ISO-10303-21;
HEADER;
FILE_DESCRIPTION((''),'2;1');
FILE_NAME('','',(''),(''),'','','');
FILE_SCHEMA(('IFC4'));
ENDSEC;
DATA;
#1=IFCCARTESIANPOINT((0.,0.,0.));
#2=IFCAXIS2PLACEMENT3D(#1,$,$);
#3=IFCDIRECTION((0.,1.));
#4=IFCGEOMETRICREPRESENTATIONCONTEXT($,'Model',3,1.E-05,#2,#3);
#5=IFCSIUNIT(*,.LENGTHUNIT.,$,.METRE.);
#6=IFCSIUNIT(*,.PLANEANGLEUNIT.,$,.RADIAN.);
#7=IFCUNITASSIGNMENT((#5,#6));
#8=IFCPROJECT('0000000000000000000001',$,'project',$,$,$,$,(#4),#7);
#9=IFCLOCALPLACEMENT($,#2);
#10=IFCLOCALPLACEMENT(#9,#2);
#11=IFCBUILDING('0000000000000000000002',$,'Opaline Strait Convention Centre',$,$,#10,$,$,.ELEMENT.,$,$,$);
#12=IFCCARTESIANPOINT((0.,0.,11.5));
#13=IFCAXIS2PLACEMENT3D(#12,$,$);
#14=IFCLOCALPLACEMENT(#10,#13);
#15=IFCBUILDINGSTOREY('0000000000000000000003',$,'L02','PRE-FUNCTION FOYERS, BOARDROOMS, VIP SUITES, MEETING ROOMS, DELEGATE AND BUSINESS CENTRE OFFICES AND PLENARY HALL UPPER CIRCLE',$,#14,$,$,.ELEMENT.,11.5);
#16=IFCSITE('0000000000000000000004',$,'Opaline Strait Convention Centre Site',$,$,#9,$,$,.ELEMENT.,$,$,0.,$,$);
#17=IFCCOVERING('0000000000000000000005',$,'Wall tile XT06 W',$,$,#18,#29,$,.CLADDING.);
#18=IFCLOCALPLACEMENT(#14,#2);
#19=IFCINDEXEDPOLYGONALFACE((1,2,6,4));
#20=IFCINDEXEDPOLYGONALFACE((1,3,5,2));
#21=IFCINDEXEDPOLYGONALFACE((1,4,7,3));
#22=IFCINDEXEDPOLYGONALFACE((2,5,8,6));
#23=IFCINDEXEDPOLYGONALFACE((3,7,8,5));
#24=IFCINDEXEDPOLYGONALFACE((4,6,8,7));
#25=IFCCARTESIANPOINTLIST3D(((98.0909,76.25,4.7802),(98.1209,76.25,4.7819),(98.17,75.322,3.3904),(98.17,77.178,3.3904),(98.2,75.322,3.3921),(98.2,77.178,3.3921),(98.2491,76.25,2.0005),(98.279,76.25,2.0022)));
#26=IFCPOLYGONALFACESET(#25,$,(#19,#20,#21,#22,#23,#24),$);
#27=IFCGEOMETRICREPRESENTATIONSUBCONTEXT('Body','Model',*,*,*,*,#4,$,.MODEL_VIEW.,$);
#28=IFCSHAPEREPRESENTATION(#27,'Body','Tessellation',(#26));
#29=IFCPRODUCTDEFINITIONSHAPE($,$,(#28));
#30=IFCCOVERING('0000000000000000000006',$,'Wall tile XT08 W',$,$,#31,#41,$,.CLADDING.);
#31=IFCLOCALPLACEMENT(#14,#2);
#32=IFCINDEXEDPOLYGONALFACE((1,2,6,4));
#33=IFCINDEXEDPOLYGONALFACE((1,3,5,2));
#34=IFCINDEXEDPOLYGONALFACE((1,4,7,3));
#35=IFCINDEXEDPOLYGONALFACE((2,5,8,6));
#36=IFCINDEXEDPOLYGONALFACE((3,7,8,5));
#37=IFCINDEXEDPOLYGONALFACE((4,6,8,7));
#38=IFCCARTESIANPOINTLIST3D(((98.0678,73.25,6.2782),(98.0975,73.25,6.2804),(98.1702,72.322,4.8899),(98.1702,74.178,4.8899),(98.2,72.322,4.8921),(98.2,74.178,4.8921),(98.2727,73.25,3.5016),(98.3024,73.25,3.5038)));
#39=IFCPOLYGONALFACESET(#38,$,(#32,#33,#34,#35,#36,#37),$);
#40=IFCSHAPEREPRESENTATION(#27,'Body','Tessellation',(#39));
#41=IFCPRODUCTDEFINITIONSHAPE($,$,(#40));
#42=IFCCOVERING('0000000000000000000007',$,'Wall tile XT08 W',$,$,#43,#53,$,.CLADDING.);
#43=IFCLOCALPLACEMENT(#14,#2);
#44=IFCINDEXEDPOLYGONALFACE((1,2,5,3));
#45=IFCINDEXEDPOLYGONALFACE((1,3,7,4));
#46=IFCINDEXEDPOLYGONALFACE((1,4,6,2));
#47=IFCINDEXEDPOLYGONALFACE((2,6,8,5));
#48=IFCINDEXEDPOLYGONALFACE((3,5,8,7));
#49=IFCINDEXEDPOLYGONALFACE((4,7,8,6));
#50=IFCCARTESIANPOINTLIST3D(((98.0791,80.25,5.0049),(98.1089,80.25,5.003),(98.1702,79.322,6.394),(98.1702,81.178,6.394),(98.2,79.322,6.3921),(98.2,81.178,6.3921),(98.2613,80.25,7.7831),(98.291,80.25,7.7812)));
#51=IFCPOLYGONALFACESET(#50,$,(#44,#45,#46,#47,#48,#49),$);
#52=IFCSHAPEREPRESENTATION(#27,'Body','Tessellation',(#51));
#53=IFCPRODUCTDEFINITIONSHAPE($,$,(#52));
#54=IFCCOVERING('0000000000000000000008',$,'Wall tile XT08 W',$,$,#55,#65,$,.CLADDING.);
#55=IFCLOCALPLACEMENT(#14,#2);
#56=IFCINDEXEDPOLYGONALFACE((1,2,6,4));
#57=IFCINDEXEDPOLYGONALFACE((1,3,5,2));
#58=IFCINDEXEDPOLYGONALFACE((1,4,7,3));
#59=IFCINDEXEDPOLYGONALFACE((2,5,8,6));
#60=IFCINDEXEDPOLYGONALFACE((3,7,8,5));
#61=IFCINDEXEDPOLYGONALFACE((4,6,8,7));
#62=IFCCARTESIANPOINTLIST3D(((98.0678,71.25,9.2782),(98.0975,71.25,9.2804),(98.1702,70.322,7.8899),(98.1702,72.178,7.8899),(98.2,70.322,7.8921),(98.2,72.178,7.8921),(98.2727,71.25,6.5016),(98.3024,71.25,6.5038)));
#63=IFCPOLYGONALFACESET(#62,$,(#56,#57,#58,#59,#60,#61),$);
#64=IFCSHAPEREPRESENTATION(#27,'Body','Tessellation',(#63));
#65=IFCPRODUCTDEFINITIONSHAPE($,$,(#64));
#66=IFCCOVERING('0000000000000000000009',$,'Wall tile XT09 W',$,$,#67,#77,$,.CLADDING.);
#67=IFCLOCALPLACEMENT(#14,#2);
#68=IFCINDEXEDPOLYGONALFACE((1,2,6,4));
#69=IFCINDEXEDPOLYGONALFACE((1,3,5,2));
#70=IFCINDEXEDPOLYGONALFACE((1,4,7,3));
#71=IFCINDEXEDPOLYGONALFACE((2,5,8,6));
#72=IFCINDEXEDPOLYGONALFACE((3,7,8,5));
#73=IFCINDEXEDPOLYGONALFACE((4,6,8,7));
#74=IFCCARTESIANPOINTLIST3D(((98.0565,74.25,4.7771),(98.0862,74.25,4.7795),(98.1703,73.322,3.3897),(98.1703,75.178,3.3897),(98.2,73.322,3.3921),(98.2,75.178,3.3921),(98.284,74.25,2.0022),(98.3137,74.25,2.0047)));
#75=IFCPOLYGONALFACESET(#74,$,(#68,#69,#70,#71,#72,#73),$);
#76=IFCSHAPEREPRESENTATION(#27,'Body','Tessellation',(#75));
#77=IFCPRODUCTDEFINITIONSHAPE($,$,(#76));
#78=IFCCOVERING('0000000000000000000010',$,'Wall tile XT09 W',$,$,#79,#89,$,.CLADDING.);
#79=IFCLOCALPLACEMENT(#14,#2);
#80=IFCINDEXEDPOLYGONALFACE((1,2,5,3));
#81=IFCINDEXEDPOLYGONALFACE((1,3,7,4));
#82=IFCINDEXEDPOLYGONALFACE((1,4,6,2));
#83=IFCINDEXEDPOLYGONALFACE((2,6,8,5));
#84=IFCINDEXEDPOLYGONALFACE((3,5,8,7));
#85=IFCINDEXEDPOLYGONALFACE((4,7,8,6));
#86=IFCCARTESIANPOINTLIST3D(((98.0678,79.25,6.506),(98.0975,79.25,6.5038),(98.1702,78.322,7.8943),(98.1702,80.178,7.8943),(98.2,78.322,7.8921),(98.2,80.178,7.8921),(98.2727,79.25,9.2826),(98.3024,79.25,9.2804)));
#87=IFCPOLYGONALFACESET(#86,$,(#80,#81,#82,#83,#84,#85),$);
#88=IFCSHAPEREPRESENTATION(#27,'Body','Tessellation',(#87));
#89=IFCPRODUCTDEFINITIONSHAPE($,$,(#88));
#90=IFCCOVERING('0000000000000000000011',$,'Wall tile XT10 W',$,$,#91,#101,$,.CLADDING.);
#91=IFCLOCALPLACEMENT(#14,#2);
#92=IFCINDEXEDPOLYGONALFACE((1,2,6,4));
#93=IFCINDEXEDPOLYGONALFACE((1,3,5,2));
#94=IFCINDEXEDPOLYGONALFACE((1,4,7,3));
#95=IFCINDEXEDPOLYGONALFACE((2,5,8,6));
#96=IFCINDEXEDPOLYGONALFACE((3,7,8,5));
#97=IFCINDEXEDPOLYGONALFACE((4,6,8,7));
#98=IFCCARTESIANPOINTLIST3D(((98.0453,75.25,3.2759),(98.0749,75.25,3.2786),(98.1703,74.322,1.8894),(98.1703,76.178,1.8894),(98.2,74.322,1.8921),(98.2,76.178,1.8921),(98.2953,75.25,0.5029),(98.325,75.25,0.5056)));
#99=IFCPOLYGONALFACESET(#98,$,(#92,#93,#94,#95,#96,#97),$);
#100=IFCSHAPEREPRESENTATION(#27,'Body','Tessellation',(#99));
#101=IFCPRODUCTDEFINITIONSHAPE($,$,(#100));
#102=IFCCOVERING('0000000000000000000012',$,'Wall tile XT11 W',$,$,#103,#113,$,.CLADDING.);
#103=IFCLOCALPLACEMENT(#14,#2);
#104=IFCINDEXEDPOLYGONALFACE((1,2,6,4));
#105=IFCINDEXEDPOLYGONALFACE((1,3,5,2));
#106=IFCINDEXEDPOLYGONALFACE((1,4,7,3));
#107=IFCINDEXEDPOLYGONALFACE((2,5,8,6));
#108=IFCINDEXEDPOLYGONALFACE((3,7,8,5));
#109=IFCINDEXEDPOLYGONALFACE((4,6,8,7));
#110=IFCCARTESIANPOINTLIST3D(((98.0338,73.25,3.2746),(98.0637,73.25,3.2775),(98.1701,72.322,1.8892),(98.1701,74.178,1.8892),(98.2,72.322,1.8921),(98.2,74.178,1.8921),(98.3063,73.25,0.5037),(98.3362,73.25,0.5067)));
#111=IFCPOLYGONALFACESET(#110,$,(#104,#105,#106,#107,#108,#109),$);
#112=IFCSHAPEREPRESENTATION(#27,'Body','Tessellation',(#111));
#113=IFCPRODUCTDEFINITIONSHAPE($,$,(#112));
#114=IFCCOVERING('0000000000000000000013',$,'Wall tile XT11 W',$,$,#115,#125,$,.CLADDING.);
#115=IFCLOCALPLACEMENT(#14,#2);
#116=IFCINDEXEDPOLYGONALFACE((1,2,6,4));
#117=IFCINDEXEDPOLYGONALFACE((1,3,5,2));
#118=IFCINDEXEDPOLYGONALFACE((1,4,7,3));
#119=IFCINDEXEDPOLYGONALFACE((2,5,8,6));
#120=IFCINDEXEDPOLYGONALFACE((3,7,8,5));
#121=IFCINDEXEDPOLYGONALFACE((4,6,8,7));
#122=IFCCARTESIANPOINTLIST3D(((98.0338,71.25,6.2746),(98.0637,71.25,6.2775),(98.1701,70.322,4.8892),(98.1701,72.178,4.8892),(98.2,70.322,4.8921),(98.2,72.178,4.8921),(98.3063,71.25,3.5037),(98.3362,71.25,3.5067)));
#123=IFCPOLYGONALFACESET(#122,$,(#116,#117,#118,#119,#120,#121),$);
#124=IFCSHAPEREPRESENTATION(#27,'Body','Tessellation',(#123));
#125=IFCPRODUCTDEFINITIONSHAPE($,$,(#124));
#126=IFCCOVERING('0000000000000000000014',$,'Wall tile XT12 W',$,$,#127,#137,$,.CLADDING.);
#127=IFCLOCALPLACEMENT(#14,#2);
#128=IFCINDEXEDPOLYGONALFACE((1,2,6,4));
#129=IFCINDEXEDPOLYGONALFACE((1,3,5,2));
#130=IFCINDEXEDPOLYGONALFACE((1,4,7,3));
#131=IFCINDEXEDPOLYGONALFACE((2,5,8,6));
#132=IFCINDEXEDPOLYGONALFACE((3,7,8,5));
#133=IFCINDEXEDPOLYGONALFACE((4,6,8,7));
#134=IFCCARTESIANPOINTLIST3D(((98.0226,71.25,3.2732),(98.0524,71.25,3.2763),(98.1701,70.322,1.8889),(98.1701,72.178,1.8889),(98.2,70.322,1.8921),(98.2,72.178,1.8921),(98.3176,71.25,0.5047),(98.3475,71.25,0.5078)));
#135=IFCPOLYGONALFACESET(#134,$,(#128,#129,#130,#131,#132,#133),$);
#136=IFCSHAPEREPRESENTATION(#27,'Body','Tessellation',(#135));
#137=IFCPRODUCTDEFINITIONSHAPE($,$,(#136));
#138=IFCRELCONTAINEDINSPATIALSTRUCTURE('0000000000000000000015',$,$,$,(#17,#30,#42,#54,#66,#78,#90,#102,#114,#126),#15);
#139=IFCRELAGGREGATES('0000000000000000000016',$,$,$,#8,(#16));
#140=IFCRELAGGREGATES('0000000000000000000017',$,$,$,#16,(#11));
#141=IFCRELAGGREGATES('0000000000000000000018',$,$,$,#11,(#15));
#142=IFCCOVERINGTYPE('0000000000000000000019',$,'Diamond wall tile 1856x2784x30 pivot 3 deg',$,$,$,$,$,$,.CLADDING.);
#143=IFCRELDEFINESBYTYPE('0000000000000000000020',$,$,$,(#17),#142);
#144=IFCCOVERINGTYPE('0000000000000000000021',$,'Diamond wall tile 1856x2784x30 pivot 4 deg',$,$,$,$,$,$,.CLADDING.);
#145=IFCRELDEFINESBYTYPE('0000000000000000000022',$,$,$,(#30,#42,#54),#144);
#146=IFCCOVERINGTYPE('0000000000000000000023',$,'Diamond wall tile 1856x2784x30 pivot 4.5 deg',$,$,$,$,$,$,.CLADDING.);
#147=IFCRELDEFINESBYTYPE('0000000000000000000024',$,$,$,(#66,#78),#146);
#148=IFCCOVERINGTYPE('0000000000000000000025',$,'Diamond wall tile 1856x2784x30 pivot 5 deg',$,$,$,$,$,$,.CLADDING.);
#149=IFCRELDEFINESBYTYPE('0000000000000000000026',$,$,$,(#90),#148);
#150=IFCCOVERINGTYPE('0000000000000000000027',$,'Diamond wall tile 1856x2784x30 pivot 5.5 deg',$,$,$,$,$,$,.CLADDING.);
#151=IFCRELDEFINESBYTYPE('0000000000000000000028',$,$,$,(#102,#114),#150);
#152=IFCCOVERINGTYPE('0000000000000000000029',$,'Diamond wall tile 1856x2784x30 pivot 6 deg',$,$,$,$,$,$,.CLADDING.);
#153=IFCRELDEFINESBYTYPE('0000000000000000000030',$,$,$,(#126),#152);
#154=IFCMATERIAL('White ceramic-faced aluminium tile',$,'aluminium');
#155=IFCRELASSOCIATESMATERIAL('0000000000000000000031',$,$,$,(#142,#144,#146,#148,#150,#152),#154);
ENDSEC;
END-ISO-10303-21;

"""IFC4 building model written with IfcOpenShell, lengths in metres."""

from ifc_helpers import new_model, si_unit, direction, frame, origin, place, context, subcontext, project, spatial, polyline, outline, extrude, material, material_profile, profile_set, type_object, element, save


model = new_model("IFC4")

# Units and contexts
model_context = context("Model", 3, precision=1e-05, world=origin(), true_north=direction((0.0, 1.0)))
body_context = subcontext(model_context, "Body", "Model", "MODEL_VIEW")
ifc_project = project(units=[si_unit("LENGTHUNIT", "METRE"), si_unit("PLANEANGLEUNIT", "RADIAN")], contexts=[model_context])

# Site, building, storey
site_placement = place(None, origin())
site = spatial("IfcSite", under=ifc_project, at=site_placement, Name="Opaline Strait Convention Centre Site", CompositionType="ELEMENT", RefElevation=0.0)
building_placement = place(site_placement, origin())
building = spatial("IfcBuilding", under=site, at=building_placement, Name="Opaline Strait Convention Centre", CompositionType="ELEMENT")
storey_placement = place(building_placement, frame((0.0, 0.0, 11.5)))
storey = spatial("IfcBuildingStorey", under=building, at=storey_placement, Name="L02", Description="PRE-FUNCTION FOYERS, BOARDROOMS, VIP SUITES, MEETING ROOMS, DELEGATE AND BUSINESS CENTRE OFFICES AND PLENARY HALL UPPER CIRCLE", CompositionType="ELEMENT", Elevation=11.5)

# Coverings
ifc_material_1 = material(Name="White ceramic-faced aluminium tile", Category="aluminium")
ifc_material_profile_1 = material_profile(ifc_material_1, outline(polyline([(0.928, 0.0), (0.0, 1.3921), (-0.928, 0.0), (0.0, -1.3921), (0.928, 0.0)])), Name="Diamond tile 1856x2784")
ifc_profile_set_1 = profile_set([ifc_material_profile_1], Name="White ceramic-faced aluminium tile")
covering_type_1 = type_object("IfcCoveringType", Name="Diamond wall tile 1856x2784x30 pivot 3 deg", PredefinedType="CLADDING", material=ifc_profile_set_1)
for number, where, z_axis, x_axis, name in (
    (1, (98.2, 76.25, 3.3921), (-0.998385, 0.0, -0.056819), (0.0, -1.0, 0.0), "Wall tile XT06 W"),
):
    element("IfcCovering", number, at=place(storey_placement, frame(where, z_axis=z_axis, x_axis=x_axis)), inside=storey, type_object=covering_type_1, Name=name, PredefinedType="CLADDING", context=body_context, shape_type="SweptSolid", body=[
        extrude(outline(polyline([(0.928, 0.0), (0.0, 1.3921), (-0.928, 0.0), (0.0, -1.3921), (0.928, 0.0)])), origin(), (0.0, 0.0, 1.0), 0.03),
    ])
ifc_material_profile_2 = material_profile(ifc_material_1, outline(polyline([(0.928, 0.0), (0.0, 1.3921), (-0.928, 0.0), (0.0, -1.3921), (0.928, 0.0)])), Name="Diamond tile 1856x2784")
ifc_profile_set_2 = profile_set([ifc_material_profile_2], Name="White ceramic-faced aluminium tile")
covering_type_2 = type_object("IfcCoveringType", Name="Diamond wall tile 1856x2784x30 pivot 4 deg", PredefinedType="CLADDING", material=ifc_profile_set_2)
for number, where, z_axis, x_axis, name in (
    (2, (98.2, 73.25, 4.8921), (-0.99729, 0.0, -0.073571), (0.0, -1.0, 0.0), "Wall tile XT08 W"),
    (3, (98.2, 80.25, 6.3921), (-0.997857, 0.0, 0.065433), (0.0, -1.0, 0.0), "Wall tile XT08 W"),
    (4, (98.2, 71.25, 7.8921), (-0.99729, 0.0, -0.073571), (0.0, -1.0, 0.0), "Wall tile XT08 W"),
):
    element("IfcCovering", number, at=place(storey_placement, frame(where, z_axis=z_axis, x_axis=x_axis)), inside=storey, type_object=covering_type_2, Name=name, PredefinedType="CLADDING", context=body_context, shape_type="SweptSolid", body=[
        extrude(outline(polyline([(0.928, 0.0), (0.0, 1.3921), (-0.928, 0.0), (0.0, -1.3921), (0.928, 0.0)])), origin(), (0.0, 0.0, 1.0), 0.0298),
    ])
ifc_material_profile_3 = material_profile(ifc_material_1, outline(polyline([(0.928, 0.0), (0.0, 1.3921), (-0.928, 0.0), (0.0, -1.3921), (0.928, 0.0)])), Name="Diamond tile 1856x2784")
ifc_profile_set_3 = profile_set([ifc_material_profile_3], Name="White ceramic-faced aluminium tile")
covering_type_3 = type_object("IfcCoveringType", Name="Diamond wall tile 1856x2784x30 pivot 4.5 deg", PredefinedType="CLADDING", material=ifc_profile_set_3)
for number, where, z_axis, x_axis, name in (
    (5, (98.2, 74.25, 3.3921), (-0.996658, 0.0, -0.081693), (0.0, -1.0, 0.0), "Wall tile XT09 W"),
    (6, (98.2, 79.25, 7.8921), (-0.99729, 0.0, 0.073571), (0.0, -1.0, 0.0), "Wall tile XT09 W"),
):
    element("IfcCovering", number, at=place(storey_placement, frame(where, z_axis=z_axis, x_axis=x_axis)), inside=storey, type_object=covering_type_3, Name=name, PredefinedType="CLADDING", context=body_context, shape_type="SweptSolid", body=[
        extrude(outline(polyline([(0.928, 0.0), (0.0, 1.3921), (-0.928, 0.0), (0.0, -1.3921), (0.928, 0.0)])), origin(), (0.0, 0.0, 1.0), 0.0298),
    ])
ifc_material_profile_4 = material_profile(ifc_material_1, outline(polyline([(0.928, 0.0), (0.0, 1.3921), (-0.928, 0.0), (0.0, -1.3921), (0.928, 0.0)])), Name="Diamond tile 1856x2784")
ifc_profile_set_4 = profile_set([ifc_material_profile_4], Name="White ceramic-faced aluminium tile")
covering_type_4 = type_object("IfcCoveringType", Name="Diamond wall tile 1856x2784x30 pivot 5 deg", PredefinedType="CLADDING", material=ifc_profile_set_4)
covering_1_placement = place(storey_placement, frame((98.2, 75.25, 1.8921), z_axis=(-0.99596, 0.0, -0.0898), x_axis=(0.0, -1.0, 0.0)))
element("IfcCovering", 7, at=covering_1_placement, inside=storey, type_object=covering_type_4, Name="Wall tile XT10 W", PredefinedType="CLADDING", context=body_context, shape_type="SweptSolid", body=[
    extrude(outline(polyline([(0.928, 0.0), (0.0, 1.3921), (-0.928, 0.0), (0.0, -1.3921), (0.928, 0.0)])), origin(), (0.0, 0.0, 1.0), 0.0298),
])
ifc_material_profile_5 = material_profile(ifc_material_1, outline(polyline([(0.928, 0.0), (0.0, 1.3921), (-0.928, 0.0), (0.0, -1.3921), (0.928, 0.0)])), Name="Diamond tile 1856x2784")
ifc_profile_set_5 = profile_set([ifc_material_profile_5], Name="White ceramic-faced aluminium tile")
covering_type_5 = type_object("IfcCoveringType", Name="Diamond wall tile 1856x2784x30 pivot 5.5 deg", PredefinedType="CLADDING", material=ifc_profile_set_5)
for number, where, z_axis, x_axis, name in (
    (8, (98.2, 73.25, 1.8921), (-0.995197, 0.0, -0.097888), (0.0, -1.0, 0.0), "Wall tile XT11 W"),
    (9, (98.2, 71.25, 4.8921), (-0.995197, 0.0, -0.097888), (0.0, -1.0, 0.0), "Wall tile XT11 W"),
):
    element("IfcCovering", number, at=place(storey_placement, frame(where, z_axis=z_axis, x_axis=x_axis)), inside=storey, type_object=covering_type_5, Name=name, PredefinedType="CLADDING", context=body_context, shape_type="SweptSolid", body=[
        extrude(outline(polyline([(0.928, 0.0), (0.0, 1.3921), (-0.928, 0.0), (0.0, -1.3921), (0.928, 0.0)])), origin(), (0.0, 0.0, 1.0), 0.03),
    ])
ifc_material_profile_6 = material_profile(ifc_material_1, outline(polyline([(0.928, 0.0), (0.0, 1.3921), (-0.928, 0.0), (0.0, -1.3921), (0.928, 0.0)])), Name="Diamond tile 1856x2784")
ifc_profile_set_6 = profile_set([ifc_material_profile_6], Name="White ceramic-faced aluminium tile")
covering_type_6 = type_object("IfcCoveringType", Name="Diamond wall tile 1856x2784x30 pivot 6 deg", PredefinedType="CLADDING", material=ifc_profile_set_6)
covering_2_placement = place(storey_placement, frame((98.2, 71.25, 1.8921), z_axis=(-0.994371, 0.0, -0.105958), x_axis=(0.0, -1.0, 0.0)))
element("IfcCovering", 10, at=covering_2_placement, inside=storey, type_object=covering_type_6, Name="Wall tile XT12 W", PredefinedType="CLADDING", context=body_context, shape_type="SweptSolid", body=[
    extrude(outline(polyline([(0.928, 0.0), (0.0, 1.3921), (-0.928, 0.0), (0.0, -1.3921), (0.928, 0.0)])), origin(), (0.0, 0.0, 1.0), 0.03),
])

save(model, "model.ifc")
